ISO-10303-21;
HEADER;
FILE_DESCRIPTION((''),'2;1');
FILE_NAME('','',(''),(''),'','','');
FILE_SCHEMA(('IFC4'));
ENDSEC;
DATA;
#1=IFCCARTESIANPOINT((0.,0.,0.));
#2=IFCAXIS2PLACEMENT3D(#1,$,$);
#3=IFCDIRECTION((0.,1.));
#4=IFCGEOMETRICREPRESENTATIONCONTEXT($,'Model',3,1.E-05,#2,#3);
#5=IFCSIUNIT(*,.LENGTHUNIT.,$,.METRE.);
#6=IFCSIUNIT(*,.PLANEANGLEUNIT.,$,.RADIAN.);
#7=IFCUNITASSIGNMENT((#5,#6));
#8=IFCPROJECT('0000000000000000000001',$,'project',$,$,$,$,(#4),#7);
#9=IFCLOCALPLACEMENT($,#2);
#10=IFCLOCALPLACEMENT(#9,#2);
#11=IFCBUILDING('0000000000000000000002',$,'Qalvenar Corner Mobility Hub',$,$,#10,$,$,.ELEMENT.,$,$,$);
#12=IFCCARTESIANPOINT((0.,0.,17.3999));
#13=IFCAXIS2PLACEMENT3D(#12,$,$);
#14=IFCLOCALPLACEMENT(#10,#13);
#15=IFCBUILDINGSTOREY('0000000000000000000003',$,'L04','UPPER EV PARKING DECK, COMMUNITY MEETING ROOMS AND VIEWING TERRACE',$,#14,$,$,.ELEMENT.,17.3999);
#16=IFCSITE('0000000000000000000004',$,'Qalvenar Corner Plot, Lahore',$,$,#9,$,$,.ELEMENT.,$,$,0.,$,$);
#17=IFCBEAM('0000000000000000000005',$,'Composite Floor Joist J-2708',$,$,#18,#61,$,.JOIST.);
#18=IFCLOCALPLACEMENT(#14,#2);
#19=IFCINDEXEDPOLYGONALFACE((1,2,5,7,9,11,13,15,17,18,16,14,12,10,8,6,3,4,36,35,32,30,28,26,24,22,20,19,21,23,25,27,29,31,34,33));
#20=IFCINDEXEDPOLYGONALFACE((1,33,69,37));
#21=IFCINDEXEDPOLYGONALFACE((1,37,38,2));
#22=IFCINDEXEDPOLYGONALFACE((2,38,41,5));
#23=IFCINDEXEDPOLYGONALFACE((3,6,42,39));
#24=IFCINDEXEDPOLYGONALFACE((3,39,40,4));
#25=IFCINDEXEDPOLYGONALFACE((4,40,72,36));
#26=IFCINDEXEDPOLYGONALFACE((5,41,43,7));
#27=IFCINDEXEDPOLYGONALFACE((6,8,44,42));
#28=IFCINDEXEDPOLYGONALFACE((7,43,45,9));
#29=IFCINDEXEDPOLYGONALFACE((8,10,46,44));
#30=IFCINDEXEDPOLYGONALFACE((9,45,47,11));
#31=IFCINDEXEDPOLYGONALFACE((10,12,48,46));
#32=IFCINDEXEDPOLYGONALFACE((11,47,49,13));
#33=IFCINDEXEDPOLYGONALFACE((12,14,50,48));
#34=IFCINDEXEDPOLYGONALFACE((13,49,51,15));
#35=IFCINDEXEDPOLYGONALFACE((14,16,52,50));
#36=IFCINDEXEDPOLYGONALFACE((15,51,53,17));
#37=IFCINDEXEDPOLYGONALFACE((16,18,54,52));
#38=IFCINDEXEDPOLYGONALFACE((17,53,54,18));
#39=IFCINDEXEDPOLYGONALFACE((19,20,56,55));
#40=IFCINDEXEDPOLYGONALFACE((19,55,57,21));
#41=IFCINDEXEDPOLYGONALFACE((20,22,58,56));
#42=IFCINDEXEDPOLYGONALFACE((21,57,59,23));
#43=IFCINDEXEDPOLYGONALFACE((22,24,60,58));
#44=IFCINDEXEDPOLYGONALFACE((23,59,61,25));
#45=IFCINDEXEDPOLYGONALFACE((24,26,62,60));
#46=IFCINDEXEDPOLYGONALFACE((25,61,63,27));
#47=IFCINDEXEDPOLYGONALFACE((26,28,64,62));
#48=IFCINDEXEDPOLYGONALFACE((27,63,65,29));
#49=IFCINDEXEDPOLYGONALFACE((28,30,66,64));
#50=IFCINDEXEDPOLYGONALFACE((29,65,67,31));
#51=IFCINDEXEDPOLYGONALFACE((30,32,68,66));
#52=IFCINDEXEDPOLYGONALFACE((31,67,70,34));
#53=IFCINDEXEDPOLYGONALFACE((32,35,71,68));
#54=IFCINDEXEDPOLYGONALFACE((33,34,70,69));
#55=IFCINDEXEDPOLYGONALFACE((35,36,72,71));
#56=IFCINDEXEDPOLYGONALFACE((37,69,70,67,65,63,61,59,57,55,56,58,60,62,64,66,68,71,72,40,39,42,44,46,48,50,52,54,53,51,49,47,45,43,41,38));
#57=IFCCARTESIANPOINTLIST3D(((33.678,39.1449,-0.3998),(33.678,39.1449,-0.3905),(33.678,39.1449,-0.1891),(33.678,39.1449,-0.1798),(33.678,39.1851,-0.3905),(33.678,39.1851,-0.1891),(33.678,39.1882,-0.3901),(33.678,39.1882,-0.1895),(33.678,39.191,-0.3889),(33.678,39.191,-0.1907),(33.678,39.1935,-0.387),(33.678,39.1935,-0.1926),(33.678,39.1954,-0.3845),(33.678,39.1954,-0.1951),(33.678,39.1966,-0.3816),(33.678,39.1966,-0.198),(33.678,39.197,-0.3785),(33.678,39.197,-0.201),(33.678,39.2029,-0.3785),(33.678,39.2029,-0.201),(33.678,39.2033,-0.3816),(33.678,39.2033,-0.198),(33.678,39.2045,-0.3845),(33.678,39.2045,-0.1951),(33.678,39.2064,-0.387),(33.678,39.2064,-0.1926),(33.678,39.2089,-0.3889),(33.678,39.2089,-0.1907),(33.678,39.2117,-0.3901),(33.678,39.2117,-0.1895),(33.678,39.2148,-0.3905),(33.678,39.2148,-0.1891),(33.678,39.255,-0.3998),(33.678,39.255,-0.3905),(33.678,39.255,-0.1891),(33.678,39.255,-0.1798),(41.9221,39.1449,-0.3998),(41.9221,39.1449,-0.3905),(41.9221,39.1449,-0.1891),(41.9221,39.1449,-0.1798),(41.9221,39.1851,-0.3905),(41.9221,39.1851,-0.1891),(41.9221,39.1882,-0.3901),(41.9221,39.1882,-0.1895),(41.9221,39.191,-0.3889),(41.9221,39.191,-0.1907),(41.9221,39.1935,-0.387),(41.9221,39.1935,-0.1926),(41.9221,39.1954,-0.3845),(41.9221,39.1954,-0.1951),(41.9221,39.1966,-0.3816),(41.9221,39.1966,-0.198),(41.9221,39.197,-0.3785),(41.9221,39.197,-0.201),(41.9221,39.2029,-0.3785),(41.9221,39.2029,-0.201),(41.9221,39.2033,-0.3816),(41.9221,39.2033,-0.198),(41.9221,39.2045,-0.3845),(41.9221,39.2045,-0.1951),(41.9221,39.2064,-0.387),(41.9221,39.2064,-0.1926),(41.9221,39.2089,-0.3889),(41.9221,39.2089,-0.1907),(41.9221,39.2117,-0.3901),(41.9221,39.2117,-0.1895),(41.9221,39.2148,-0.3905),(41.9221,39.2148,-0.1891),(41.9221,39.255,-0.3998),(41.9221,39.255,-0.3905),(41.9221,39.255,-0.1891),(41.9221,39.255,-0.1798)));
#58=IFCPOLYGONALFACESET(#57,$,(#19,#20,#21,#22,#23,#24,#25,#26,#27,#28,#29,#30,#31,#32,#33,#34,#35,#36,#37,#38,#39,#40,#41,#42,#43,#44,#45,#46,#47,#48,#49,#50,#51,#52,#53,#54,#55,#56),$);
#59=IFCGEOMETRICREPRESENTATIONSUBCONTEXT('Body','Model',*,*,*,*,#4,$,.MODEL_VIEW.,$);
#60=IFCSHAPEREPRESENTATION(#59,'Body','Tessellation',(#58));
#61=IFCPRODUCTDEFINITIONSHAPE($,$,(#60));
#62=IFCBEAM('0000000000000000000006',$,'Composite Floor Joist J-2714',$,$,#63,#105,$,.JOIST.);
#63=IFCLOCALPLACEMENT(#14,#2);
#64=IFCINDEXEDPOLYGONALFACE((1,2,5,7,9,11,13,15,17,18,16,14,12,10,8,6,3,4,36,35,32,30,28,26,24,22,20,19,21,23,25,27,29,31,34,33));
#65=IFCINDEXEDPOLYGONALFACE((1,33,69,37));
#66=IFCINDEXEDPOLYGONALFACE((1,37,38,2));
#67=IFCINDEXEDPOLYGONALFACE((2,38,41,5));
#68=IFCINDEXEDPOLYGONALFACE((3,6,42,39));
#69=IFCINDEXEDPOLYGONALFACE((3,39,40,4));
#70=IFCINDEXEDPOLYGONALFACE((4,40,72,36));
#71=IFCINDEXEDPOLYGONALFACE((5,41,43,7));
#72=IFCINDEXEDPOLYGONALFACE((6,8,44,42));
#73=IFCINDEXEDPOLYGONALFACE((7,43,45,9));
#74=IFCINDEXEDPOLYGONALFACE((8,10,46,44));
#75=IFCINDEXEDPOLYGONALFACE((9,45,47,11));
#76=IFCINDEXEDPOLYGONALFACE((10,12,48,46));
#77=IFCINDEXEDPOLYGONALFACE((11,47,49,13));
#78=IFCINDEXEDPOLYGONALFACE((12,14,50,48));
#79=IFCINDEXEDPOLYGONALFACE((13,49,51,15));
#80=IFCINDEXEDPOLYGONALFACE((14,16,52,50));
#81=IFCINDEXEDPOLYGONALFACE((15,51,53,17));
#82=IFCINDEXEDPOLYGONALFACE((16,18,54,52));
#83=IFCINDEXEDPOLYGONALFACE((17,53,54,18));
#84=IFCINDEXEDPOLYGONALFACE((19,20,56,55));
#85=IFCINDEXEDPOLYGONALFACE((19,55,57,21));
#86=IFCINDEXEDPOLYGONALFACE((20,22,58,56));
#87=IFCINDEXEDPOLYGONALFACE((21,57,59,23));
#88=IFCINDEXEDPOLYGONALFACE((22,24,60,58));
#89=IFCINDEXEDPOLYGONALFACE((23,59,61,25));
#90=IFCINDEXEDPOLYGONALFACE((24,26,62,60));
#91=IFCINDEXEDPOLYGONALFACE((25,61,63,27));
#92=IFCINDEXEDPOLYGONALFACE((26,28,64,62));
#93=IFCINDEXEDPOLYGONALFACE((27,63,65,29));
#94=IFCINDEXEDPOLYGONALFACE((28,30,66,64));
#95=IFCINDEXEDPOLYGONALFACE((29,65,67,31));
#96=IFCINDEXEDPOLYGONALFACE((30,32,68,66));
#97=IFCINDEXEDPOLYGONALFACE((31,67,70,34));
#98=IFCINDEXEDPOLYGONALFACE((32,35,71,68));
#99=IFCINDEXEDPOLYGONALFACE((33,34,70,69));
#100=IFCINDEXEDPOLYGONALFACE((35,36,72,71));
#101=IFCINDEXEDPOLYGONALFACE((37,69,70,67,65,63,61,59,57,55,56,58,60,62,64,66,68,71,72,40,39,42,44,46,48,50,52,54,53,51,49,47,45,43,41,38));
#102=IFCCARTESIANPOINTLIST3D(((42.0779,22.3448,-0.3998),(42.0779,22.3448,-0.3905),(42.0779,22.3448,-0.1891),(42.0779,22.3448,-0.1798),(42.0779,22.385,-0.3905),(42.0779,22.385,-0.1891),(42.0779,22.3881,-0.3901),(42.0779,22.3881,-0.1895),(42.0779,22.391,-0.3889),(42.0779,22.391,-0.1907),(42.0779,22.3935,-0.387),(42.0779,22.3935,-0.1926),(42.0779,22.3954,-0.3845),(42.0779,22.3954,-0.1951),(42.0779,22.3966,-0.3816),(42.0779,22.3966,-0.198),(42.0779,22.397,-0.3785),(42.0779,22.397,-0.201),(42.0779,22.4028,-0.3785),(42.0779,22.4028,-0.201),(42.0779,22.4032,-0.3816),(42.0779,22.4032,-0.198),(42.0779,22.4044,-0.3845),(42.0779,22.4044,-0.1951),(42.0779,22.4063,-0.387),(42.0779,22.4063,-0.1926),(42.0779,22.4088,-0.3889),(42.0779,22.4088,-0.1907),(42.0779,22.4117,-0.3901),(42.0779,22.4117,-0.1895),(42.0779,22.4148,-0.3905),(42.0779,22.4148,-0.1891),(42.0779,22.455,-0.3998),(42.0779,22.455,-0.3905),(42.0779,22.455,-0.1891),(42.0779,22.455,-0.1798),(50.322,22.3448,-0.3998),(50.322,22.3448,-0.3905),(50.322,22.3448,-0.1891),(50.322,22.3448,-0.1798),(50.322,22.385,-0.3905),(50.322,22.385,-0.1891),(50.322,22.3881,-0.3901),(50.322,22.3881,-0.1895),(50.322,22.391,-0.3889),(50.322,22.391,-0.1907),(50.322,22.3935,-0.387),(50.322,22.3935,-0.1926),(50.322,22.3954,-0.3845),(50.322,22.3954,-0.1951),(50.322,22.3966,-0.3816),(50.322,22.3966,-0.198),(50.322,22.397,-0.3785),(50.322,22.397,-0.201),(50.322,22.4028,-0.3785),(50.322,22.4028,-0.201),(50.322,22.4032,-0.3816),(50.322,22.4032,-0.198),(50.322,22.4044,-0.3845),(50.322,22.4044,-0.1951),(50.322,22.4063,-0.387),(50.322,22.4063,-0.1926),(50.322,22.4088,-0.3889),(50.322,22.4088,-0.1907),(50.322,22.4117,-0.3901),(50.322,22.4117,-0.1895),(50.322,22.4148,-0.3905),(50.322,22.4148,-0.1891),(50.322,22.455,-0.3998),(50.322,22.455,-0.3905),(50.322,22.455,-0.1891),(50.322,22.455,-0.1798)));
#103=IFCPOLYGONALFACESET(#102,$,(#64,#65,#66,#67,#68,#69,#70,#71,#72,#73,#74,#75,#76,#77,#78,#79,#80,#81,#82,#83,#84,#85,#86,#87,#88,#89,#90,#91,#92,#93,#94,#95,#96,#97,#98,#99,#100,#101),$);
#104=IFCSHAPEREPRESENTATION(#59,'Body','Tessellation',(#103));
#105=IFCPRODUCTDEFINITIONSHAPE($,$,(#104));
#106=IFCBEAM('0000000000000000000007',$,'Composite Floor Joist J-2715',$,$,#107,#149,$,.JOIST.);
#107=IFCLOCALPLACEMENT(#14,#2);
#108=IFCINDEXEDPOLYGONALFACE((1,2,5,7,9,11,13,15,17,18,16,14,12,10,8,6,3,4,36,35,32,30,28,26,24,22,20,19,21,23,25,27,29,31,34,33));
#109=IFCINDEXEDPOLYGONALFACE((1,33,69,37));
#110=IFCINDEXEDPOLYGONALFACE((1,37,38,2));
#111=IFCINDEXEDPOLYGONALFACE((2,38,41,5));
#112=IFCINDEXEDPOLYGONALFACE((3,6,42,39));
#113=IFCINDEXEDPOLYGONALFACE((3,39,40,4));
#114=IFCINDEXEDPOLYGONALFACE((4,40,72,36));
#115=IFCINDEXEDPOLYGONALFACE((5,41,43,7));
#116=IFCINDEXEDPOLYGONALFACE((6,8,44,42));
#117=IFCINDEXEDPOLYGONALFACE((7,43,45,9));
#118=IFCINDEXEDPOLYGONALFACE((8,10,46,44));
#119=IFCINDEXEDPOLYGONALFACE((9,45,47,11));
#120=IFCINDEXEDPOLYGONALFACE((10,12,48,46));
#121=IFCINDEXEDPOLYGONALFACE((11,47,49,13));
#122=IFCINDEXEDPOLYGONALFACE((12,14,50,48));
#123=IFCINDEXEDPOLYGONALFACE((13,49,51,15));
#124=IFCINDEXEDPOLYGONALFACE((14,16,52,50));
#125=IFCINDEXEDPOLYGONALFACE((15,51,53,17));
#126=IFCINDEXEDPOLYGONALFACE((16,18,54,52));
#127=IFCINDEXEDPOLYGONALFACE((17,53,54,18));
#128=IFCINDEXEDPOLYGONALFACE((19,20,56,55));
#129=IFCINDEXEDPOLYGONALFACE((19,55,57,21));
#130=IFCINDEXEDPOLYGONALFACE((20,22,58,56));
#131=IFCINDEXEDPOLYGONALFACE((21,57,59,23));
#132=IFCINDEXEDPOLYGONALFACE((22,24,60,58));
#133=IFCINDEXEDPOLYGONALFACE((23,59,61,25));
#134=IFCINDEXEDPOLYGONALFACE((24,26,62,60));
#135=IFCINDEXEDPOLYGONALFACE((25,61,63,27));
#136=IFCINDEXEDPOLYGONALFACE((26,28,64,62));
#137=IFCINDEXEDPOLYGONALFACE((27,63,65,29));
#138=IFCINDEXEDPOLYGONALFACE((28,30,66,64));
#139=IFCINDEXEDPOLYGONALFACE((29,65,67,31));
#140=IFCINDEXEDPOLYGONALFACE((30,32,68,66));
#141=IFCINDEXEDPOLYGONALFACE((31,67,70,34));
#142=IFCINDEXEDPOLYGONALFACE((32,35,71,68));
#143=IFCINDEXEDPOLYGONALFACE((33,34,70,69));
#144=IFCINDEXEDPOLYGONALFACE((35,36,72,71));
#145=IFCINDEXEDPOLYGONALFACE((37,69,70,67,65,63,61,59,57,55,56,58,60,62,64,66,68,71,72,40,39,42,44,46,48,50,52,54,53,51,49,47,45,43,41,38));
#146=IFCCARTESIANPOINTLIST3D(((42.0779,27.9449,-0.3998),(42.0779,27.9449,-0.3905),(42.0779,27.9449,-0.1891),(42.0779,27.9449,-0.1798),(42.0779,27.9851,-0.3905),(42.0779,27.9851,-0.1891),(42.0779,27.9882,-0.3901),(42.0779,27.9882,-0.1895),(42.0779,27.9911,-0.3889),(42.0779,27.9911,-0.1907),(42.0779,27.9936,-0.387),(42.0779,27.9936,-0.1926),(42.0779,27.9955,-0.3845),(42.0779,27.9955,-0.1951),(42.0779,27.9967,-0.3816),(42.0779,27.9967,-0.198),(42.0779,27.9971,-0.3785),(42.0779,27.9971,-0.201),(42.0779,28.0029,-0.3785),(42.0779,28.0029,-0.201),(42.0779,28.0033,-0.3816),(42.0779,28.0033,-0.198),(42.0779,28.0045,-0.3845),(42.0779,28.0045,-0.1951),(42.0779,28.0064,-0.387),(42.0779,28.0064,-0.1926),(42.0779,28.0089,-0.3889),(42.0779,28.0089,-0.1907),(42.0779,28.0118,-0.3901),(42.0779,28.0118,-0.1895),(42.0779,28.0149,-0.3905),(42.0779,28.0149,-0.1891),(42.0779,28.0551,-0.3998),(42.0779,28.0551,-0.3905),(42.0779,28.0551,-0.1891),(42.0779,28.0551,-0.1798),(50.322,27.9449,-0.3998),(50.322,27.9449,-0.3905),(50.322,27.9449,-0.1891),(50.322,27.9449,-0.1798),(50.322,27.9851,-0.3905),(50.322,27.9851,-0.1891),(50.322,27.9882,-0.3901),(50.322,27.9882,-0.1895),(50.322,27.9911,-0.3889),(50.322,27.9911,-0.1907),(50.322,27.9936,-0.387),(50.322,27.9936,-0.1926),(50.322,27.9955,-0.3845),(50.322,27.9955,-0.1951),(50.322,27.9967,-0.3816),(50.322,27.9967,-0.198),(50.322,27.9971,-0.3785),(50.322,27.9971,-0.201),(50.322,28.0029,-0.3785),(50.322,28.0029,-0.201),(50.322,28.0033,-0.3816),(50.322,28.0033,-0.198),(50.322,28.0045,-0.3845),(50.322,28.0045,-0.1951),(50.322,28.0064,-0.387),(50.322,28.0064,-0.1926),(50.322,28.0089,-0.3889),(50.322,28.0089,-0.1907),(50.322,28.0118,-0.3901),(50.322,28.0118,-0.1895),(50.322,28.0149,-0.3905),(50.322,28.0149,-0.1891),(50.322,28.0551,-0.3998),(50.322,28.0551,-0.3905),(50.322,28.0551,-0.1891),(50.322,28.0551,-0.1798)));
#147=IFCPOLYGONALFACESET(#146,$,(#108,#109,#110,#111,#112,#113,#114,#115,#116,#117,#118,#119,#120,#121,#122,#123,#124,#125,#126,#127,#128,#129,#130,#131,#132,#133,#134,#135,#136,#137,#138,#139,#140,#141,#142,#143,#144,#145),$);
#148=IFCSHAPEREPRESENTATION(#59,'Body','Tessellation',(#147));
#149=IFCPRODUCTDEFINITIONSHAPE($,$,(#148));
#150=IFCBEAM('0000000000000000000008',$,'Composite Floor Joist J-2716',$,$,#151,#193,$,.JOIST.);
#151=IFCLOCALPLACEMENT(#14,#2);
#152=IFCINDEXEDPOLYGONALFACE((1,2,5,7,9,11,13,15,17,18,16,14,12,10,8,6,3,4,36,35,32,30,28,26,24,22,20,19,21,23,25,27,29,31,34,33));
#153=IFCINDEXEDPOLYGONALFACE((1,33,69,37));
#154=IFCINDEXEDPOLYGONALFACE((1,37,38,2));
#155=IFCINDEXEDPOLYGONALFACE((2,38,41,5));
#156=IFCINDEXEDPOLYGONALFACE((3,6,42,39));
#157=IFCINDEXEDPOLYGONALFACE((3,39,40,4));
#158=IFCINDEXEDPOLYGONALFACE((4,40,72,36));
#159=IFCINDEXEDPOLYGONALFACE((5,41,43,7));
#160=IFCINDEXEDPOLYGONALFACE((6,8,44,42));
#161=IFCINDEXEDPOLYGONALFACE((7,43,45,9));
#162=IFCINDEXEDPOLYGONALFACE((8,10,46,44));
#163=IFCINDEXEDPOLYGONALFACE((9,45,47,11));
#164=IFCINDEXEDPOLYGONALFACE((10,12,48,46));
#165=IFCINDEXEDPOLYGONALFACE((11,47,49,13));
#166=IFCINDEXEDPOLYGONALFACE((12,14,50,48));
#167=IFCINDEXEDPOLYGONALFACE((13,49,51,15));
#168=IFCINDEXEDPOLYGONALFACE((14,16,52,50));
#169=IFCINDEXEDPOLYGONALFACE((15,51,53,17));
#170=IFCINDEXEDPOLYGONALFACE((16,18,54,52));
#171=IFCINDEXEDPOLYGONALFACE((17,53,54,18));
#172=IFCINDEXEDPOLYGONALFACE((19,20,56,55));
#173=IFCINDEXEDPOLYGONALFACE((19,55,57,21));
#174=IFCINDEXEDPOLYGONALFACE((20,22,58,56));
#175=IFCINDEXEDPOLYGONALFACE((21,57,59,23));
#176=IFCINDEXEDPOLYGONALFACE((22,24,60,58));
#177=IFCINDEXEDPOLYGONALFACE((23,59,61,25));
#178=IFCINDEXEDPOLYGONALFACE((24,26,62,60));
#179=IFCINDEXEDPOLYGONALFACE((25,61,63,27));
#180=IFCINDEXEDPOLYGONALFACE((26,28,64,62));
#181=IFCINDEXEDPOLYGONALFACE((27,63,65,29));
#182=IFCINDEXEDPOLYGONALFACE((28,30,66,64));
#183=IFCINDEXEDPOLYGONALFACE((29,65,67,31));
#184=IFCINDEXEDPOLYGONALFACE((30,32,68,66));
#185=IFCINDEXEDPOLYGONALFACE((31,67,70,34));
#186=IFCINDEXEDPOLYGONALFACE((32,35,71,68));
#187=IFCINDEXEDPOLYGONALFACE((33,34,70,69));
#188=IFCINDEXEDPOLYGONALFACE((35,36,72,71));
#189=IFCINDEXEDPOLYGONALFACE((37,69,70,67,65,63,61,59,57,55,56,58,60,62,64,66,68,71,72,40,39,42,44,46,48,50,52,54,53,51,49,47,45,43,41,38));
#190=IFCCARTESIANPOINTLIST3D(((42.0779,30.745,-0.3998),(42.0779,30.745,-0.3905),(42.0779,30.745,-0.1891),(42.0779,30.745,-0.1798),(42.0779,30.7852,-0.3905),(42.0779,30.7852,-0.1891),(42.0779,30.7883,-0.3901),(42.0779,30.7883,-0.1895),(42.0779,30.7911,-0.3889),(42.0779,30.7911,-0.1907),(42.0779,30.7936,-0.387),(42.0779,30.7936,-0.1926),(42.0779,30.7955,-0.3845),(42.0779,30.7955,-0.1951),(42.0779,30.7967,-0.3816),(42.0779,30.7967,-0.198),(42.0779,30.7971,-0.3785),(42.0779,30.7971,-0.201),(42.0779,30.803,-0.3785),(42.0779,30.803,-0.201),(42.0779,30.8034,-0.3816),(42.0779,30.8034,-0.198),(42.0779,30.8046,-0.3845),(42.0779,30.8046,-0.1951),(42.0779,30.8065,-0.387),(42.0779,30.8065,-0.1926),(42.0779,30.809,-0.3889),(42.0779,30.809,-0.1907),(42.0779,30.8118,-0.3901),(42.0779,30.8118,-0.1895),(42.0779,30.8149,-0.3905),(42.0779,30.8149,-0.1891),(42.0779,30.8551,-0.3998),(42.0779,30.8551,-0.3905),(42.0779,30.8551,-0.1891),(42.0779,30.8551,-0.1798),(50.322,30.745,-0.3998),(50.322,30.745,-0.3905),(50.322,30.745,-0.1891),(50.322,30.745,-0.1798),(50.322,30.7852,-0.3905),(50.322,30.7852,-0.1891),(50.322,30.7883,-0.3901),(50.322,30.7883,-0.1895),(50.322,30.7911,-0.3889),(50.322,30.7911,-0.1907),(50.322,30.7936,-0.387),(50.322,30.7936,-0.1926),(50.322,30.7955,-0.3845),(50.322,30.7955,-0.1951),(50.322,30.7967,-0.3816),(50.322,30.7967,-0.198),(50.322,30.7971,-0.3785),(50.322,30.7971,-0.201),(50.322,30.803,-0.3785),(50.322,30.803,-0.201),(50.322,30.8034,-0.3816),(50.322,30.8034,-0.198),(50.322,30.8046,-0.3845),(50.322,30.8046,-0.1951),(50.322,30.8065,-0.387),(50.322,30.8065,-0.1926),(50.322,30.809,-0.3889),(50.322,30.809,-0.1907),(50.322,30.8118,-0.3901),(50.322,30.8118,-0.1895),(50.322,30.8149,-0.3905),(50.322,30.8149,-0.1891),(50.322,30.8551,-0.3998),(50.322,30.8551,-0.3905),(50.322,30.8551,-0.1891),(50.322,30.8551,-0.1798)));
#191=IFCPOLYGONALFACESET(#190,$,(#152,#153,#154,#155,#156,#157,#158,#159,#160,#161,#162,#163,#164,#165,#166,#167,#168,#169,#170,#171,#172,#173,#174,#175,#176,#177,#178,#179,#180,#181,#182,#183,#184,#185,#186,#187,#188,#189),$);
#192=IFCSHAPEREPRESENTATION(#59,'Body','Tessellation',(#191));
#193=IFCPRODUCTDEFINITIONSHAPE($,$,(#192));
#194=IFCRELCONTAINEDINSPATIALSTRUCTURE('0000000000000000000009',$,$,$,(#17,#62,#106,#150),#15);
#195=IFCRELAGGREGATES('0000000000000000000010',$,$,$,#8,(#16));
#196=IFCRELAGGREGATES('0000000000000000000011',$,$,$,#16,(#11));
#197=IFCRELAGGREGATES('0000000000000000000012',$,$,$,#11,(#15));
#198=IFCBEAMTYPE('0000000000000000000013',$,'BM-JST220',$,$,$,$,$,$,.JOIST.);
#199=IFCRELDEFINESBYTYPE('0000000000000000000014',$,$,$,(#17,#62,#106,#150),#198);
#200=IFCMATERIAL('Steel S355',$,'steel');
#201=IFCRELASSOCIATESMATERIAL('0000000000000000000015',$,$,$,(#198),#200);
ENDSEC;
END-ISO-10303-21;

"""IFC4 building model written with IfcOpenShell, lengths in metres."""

from ifc_helpers import new_model, si_unit, direction, frame, origin, origin_2d, place, context, subcontext, project, spatial, i_section, extrude, material, material_profile, profile_set, type_object, element, save


model = new_model("IFC4")

# Units and contexts
model_context = context("Model", 3, precision=1e-05, world=origin(), true_north=direction((0.0, 1.0)))
body_context = subcontext(model_context, "Body", "Model", "MODEL_VIEW")
ifc_project = project(units=[si_unit("LENGTHUNIT", "METRE"), si_unit("PLANEANGLEUNIT", "RADIAN")], contexts=[model_context])

# Site, building, storey
site_placement = place(None, origin())
site = spatial("IfcSite", under=ifc_project, at=site_placement, Name="Qalvenar Corner Plot, Lahore", CompositionType="ELEMENT", RefElevation=0.0)
building_placement = place(site_placement, origin())
building = spatial("IfcBuilding", under=site, at=building_placement, Name="Qalvenar Corner Mobility Hub", CompositionType="ELEMENT")
storey_placement = place(building_placement, frame((0.0, 0.0, 17.3999)))
storey = spatial("IfcBuildingStorey", under=building, at=storey_placement, Name="L04", Description="UPPER EV PARKING DECK, COMMUNITY MEETING ROOMS AND VIEWING TERRACE", CompositionType="ELEMENT", Elevation=17.3999)

# Shared definitions
ifc_material_1 = material(Name="Steel S355", Category="steel")

# Beams
ifc_material_profile_1 = material_profile(ifc_material_1, i_section(OverallWidth=0.1101, OverallDepth=0.22, WebThickness=0.0059, FlangeThickness=0.0093, FilletRadius=0.012, at=origin_2d()), Name="IPE220")
ifc_profile_set_1 = profile_set([ifc_material_profile_1], Name="Steel S355")
beam_type_1 = type_object("IfcBeamType", Name="BM-JST220", PredefinedType="JOIST", material=ifc_profile_set_1)
for number, where, z_axis, x_axis, name in (
    (1, (33.678, 39.2, -0.2898), (1.0, 0.0, 0.0), (0.0, 1.0, 0.0), "Composite Floor Joist J-2708"),
    (2, (42.0779, 22.3999, -0.2898), (1.0, 0.0, 0.0), (0.0, 1.0, 0.0), "Composite Floor Joist J-2714"),
    (3, (42.0779, 28.0, -0.2898), (1.0, 0.0, 0.0), (0.0, 1.0, 0.0), "Composite Floor Joist J-2715"),
    (4, (42.0779, 30.8, -0.2898), (1.0, 0.0, 0.0), (0.0, 1.0, 0.0), "Composite Floor Joist J-2716"),
):
    element("IfcBeam", number, at=place(storey_placement, frame(where, z_axis=z_axis, x_axis=x_axis)), inside=storey, type_object=beam_type_1, Name=name, PredefinedType="JOIST", context=body_context, shape_type="SweptSolid", body=[
        extrude(i_section(OverallWidth=0.1101, OverallDepth=0.22, WebThickness=0.0059, FlangeThickness=0.0093, FilletRadius=0.012, at=origin_2d()), origin(), (0.0, 0.0, 1.0), 8.2441),
    ])

save(model, "model.ifc")
